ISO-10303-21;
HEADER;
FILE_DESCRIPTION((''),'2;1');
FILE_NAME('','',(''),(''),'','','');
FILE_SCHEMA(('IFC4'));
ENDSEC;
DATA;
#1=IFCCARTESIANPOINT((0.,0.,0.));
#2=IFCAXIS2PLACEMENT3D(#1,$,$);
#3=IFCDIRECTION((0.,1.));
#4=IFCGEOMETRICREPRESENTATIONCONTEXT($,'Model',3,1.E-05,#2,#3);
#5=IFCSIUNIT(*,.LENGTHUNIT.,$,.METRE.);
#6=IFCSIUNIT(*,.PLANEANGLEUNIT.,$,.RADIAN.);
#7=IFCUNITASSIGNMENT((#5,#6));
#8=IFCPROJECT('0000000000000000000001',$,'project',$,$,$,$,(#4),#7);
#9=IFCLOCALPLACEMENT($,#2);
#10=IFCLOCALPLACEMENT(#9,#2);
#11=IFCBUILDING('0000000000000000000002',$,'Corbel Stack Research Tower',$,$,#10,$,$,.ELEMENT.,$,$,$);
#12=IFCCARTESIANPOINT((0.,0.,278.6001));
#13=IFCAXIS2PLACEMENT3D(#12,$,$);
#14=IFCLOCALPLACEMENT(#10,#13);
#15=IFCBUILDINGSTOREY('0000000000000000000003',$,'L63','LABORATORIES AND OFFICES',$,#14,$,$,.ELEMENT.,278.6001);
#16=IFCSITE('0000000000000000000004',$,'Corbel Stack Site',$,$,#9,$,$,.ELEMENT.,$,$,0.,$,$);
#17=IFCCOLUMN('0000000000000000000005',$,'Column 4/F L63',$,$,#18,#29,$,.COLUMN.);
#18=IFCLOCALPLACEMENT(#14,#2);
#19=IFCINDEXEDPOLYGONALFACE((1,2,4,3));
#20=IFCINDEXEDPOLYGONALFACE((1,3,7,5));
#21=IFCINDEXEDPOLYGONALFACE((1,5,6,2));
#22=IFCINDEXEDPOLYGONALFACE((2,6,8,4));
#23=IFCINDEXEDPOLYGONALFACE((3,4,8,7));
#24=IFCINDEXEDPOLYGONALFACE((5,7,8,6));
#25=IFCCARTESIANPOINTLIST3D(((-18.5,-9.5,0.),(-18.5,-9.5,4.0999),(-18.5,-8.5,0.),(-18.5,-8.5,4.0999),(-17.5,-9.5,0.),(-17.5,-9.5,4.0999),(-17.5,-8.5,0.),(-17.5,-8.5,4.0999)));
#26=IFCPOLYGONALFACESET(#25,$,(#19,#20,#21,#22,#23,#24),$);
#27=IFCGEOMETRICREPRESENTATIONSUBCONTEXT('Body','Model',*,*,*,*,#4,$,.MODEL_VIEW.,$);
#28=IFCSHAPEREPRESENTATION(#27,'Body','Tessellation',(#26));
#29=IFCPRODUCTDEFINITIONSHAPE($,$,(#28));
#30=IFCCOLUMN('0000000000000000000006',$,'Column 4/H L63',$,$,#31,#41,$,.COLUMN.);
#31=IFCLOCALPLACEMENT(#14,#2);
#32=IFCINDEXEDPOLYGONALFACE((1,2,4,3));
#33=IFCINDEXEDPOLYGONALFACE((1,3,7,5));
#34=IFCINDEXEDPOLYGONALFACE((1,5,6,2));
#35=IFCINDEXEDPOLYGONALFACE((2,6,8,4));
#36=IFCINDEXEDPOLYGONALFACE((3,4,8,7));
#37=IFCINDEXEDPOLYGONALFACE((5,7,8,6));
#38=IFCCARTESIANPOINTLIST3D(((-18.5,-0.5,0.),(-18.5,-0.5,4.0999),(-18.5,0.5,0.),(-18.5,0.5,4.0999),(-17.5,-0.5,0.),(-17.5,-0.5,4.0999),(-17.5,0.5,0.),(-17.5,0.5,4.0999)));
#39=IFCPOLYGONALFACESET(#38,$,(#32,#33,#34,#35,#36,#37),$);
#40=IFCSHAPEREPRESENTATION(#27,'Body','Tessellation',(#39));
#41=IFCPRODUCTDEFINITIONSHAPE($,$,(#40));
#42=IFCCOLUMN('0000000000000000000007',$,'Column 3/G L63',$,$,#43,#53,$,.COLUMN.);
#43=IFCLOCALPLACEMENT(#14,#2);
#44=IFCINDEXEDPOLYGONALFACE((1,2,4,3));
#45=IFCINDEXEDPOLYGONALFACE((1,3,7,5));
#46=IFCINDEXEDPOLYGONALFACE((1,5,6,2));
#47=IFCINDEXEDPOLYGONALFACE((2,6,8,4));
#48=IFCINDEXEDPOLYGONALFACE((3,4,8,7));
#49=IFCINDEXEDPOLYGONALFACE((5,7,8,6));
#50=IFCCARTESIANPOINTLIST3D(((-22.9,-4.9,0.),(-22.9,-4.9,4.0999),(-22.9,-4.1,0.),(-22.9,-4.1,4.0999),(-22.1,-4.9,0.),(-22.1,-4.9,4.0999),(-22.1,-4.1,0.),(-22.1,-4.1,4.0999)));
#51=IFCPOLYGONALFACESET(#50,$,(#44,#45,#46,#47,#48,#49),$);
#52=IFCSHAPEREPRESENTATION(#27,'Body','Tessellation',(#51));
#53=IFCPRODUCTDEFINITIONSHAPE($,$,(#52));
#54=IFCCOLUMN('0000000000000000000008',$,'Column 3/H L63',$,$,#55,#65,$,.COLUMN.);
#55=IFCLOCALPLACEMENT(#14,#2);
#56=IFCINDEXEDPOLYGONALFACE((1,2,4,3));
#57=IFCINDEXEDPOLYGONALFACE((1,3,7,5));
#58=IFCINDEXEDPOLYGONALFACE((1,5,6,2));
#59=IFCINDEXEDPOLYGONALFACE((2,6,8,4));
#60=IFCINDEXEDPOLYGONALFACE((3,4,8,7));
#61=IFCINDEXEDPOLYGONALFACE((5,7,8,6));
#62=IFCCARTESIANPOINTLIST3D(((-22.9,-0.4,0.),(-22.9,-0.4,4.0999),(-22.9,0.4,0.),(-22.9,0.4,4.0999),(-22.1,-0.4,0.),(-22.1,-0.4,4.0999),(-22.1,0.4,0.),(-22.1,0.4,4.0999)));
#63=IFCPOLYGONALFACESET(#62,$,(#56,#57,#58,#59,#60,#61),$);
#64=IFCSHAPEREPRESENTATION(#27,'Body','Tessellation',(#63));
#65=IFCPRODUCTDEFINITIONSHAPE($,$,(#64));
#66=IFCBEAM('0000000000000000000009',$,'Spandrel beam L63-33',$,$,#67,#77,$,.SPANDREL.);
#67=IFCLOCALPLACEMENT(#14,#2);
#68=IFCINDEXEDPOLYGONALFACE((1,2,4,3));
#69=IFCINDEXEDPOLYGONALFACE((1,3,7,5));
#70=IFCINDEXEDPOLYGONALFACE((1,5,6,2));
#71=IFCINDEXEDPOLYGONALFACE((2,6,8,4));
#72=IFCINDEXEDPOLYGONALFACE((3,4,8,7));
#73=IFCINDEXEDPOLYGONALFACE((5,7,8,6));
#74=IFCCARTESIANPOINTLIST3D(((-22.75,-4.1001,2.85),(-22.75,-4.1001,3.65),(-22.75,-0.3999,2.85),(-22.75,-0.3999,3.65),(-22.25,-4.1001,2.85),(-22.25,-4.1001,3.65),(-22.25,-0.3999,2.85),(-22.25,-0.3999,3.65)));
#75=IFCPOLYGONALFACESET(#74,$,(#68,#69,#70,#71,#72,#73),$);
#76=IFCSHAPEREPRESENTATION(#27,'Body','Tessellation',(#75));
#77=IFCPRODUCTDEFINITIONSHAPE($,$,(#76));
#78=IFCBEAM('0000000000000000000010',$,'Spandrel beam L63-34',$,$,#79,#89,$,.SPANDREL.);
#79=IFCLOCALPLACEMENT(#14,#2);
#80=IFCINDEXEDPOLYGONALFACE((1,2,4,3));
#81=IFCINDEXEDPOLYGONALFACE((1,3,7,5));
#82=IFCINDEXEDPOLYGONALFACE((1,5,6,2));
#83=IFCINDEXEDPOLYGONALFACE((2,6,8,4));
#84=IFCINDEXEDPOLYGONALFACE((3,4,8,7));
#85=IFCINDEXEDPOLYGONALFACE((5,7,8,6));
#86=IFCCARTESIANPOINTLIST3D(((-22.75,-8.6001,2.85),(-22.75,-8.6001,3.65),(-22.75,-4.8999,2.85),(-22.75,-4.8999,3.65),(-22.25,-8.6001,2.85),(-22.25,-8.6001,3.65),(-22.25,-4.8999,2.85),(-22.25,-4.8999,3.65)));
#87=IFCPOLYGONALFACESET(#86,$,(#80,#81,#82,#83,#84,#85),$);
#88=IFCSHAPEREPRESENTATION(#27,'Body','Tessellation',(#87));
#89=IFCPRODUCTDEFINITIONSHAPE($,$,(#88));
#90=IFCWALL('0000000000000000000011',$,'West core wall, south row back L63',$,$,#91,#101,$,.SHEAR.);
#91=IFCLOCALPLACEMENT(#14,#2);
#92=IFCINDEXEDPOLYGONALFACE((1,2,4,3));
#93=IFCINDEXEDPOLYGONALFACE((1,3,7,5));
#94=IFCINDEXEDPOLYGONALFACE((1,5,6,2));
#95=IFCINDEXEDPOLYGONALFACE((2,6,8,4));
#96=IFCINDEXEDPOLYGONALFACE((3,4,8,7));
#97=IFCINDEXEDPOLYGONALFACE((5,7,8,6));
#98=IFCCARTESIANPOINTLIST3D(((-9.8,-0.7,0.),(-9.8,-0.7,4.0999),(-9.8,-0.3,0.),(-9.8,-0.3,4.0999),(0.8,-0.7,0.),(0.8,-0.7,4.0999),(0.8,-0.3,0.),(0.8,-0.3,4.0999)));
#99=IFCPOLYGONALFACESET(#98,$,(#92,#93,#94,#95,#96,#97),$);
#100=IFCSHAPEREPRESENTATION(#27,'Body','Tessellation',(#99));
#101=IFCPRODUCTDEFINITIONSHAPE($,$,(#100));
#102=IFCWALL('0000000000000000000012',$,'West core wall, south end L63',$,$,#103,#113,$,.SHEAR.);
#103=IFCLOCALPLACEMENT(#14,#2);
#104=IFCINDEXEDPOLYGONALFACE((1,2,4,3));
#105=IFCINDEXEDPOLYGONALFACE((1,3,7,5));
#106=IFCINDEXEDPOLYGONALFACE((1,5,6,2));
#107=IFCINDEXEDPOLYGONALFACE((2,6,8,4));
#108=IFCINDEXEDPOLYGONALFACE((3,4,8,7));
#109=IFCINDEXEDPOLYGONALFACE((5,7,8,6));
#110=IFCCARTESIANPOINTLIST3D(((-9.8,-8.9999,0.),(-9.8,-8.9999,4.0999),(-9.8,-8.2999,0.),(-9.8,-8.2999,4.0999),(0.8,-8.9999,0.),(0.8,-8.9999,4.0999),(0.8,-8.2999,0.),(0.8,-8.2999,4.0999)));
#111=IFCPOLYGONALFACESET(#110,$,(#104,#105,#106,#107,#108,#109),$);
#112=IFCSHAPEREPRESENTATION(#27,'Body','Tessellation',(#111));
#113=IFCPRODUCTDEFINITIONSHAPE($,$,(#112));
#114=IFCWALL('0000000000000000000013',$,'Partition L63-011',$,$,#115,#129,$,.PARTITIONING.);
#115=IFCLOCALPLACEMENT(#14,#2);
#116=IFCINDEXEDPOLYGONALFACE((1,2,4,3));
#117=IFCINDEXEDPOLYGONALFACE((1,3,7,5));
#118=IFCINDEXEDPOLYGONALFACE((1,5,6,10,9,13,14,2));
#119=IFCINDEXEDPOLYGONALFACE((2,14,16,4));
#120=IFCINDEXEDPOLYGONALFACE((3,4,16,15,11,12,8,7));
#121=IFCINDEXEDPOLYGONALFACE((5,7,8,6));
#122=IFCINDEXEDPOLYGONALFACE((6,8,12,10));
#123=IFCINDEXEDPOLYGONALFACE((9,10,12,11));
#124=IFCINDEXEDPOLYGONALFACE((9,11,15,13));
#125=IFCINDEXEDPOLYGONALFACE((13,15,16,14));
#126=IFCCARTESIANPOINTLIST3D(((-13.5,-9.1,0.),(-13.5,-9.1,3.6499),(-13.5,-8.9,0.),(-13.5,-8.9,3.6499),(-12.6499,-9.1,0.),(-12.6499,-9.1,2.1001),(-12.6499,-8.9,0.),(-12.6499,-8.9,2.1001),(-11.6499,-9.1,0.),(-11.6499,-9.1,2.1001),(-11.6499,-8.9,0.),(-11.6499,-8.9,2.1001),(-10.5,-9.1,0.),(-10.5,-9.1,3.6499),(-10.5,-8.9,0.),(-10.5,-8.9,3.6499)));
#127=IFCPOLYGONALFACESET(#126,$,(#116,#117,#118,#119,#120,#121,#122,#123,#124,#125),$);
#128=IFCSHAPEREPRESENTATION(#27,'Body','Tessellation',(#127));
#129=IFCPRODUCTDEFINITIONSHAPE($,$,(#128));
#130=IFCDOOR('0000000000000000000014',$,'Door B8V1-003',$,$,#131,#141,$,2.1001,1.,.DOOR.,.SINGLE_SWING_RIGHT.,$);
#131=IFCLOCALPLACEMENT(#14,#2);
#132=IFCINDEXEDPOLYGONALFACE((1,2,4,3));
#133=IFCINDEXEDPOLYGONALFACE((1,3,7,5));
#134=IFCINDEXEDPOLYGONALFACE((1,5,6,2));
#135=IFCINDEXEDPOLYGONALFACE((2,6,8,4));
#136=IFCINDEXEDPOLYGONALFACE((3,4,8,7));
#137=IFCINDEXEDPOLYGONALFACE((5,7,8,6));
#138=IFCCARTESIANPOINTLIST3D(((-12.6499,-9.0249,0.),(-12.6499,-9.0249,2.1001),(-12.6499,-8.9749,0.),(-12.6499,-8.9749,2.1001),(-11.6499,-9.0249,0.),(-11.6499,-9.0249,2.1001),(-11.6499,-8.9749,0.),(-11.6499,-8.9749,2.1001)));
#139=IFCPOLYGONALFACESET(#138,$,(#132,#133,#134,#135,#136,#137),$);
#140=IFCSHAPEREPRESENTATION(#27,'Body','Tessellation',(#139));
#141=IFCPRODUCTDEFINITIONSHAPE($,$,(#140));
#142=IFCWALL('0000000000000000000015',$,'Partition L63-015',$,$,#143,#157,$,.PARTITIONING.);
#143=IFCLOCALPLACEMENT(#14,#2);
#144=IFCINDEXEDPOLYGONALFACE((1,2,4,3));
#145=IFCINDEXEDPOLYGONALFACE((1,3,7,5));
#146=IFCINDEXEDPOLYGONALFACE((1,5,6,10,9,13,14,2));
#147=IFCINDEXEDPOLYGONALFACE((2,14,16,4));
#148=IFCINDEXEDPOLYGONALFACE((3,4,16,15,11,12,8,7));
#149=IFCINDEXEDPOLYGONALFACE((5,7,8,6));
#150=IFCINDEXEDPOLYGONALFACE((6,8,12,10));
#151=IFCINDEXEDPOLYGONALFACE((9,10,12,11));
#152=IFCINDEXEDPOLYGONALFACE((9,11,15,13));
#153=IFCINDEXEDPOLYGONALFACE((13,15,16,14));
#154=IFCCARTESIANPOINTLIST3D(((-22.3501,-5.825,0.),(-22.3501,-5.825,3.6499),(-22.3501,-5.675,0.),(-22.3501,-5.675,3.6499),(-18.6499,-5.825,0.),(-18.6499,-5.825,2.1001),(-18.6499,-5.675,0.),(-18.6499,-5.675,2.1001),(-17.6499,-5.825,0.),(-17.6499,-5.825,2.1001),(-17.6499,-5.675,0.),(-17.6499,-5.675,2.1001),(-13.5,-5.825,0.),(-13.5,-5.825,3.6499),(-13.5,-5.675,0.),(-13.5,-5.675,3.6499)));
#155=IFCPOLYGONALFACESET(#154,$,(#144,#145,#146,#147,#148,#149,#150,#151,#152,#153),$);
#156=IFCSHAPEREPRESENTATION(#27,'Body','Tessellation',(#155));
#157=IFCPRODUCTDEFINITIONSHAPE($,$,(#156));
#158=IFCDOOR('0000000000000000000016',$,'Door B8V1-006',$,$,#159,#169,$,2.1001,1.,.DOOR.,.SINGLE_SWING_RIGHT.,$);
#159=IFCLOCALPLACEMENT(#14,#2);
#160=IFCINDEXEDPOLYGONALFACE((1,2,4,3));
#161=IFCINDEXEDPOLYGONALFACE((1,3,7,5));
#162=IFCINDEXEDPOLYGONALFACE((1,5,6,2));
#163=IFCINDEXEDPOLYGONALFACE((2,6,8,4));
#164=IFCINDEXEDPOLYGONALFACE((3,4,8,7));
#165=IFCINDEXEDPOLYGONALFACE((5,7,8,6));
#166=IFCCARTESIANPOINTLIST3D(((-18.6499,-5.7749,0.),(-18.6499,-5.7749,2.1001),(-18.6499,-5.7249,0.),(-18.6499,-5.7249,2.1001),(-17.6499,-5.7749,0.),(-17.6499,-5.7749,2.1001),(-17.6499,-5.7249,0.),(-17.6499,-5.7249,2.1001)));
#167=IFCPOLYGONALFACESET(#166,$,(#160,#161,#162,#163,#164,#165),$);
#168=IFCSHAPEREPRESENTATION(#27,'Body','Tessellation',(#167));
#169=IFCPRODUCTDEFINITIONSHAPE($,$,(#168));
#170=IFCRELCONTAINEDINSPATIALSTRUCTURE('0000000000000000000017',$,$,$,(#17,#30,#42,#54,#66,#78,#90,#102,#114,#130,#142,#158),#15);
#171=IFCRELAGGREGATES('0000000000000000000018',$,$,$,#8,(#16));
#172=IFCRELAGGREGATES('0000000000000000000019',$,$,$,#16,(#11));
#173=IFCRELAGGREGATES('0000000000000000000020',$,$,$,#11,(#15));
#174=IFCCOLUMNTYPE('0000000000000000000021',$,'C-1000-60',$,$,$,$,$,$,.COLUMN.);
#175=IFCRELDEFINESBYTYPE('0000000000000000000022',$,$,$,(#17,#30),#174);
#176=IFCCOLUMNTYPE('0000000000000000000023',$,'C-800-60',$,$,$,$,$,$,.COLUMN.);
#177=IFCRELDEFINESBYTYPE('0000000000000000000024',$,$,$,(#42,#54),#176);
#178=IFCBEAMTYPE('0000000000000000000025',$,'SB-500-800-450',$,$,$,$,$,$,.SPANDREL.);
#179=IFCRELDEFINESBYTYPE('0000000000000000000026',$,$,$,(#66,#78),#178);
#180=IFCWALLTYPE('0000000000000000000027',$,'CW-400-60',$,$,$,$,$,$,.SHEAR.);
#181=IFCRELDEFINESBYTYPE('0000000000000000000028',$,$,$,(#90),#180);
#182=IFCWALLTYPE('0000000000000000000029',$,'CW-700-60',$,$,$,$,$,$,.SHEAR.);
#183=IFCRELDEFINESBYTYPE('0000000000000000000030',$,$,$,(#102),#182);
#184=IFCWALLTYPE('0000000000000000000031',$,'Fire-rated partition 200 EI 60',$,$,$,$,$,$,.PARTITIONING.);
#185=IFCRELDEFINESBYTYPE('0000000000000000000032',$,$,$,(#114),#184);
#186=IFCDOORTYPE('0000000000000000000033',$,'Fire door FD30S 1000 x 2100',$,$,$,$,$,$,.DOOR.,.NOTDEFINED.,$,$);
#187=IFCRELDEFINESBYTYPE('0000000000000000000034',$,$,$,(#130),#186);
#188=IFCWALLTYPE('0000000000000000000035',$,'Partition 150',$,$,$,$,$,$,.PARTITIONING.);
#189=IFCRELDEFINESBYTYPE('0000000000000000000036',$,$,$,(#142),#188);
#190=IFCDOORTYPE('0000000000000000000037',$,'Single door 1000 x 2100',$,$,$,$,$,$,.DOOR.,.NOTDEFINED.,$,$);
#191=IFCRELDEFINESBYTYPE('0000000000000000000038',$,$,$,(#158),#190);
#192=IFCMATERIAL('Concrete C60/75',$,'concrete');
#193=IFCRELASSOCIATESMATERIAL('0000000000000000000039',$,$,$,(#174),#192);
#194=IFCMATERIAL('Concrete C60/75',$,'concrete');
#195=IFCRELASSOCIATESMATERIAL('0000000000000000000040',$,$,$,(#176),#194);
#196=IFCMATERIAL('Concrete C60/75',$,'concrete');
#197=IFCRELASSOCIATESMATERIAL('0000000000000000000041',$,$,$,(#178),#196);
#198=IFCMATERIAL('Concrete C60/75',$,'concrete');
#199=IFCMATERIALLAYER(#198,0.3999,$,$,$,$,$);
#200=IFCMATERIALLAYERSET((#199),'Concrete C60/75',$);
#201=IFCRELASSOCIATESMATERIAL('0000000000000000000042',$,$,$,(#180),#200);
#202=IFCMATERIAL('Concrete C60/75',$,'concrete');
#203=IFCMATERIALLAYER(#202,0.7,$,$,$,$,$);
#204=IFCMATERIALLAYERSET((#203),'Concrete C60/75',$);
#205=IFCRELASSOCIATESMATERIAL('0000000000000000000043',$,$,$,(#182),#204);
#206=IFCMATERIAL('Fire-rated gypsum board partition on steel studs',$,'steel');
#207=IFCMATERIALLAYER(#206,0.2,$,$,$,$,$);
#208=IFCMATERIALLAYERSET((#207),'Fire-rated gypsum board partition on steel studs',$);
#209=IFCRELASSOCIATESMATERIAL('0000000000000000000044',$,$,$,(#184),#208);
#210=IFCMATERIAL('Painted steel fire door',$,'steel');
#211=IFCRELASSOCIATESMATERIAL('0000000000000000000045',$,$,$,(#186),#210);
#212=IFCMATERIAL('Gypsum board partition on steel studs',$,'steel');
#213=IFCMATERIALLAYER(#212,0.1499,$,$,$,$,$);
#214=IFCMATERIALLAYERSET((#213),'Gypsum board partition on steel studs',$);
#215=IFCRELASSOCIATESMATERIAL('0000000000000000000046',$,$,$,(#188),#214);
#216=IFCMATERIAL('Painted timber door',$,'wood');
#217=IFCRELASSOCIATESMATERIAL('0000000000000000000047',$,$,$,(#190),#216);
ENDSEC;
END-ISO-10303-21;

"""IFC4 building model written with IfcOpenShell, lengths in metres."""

from ifc_helpers import new_model, si_unit, direction, frame, frame_2d, origin, origin_2d, place, context, subcontext, project, spatial, rectangle, extrude, material, layer, layer_set, material_profile, profile_set, type_object, element, fill, save


model = new_model("IFC4")

# Units and contexts
model_context = context("Model", 3, precision=1e-05, world=origin(), true_north=direction((0.0, 1.0)))
body_context = subcontext(model_context, "Body", "Model", "MODEL_VIEW")
ifc_project = project(units=[si_unit("LENGTHUNIT", "METRE"), si_unit("PLANEANGLEUNIT", "RADIAN")], contexts=[model_context])

# Site, building, storey
site_placement = place(None, origin())
site = spatial("IfcSite", under=ifc_project, at=site_placement, Name="Corbel Stack Site", CompositionType="ELEMENT", RefElevation=0.0)
building_placement = place(site_placement, origin())
building = spatial("IfcBuilding", under=site, at=building_placement, Name="Corbel Stack Research Tower", CompositionType="ELEMENT")
storey_placement = place(building_placement, frame((0.0, 0.0, 278.6001)))
storey = spatial("IfcBuildingStorey", under=building, at=storey_placement, Name="L63", Description="LABORATORIES AND OFFICES", CompositionType="ELEMENT", Elevation=278.6001)

# Columns
ifc_material_1 = material(Name="Concrete C60/75", Category="concrete")
ifc_material_profile_1 = material_profile(ifc_material_1, rectangle(XDim=1.0, YDim=1.0, at=origin_2d()), Name="RC 1000 x 1000")
ifc_profile_set_1 = profile_set([ifc_material_profile_1], Name="Concrete C60/75")
column_type_1 = type_object("IfcColumnType", Name="C-1000-60", PredefinedType="COLUMN", material=ifc_profile_set_1)
for number, where, z_axis, x_axis, name in (
    (1, (-18.0, -9.0, 0.0), (0.0, 0.0, 1.0), (1.0, 0.0, 0.0), "Column 4/F L63"),
    (2, (-18.0, 0.0, 0.0), (0.0, 0.0, 1.0), (1.0, 0.0, 0.0), "Column 4/H L63"),
):
    element("IfcColumn", number, at=place(storey_placement, frame(where, z_axis=z_axis, x_axis=x_axis)), inside=storey, type_object=column_type_1, Name=name, PredefinedType="COLUMN", context=body_context, shape_type="SweptSolid", body=[
        extrude(rectangle(XDim=1.0, YDim=1.0, at=origin_2d()), origin(), (0.0, 0.0, 1.0), 4.0999),
    ])
ifc_material_2 = material(Name="Concrete C60/75", Category="concrete")
ifc_material_profile_2 = material_profile(ifc_material_2, rectangle(XDim=0.8, YDim=0.8, at=origin_2d()), Name="RC 800 x 800")
ifc_profile_set_2 = profile_set([ifc_material_profile_2], Name="Concrete C60/75")
column_type_2 = type_object("IfcColumnType", Name="C-800-60", PredefinedType="COLUMN", material=ifc_profile_set_2)
for number, where, z_axis, x_axis, name in (
    (3, (-22.5, -4.5, 0.0), (0.0, 0.0, 1.0), (1.0, 0.0, 0.0), "Column 3/G L63"),
    (4, (-22.5, 0.0, 0.0), (0.0, 0.0, 1.0), (1.0, 0.0, 0.0), "Column 3/H L63"),
):
    element("IfcColumn", number, at=place(storey_placement, frame(where, z_axis=z_axis, x_axis=x_axis)), inside=storey, type_object=column_type_2, Name=name, PredefinedType="COLUMN", context=body_context, shape_type="SweptSolid", body=[
        extrude(rectangle(XDim=0.8, YDim=0.8, at=origin_2d()), origin(), (0.0, 0.0, 1.0), 4.0999),
    ])

# Beams
ifc_material_3 = material(Name="Concrete C60/75", Category="concrete")
ifc_material_profile_3 = material_profile(ifc_material_3, rectangle(XDim=0.5, YDim=0.8, at=origin_2d()), Name="RC 500 x 800")
ifc_profile_set_3 = profile_set([ifc_material_profile_3], Name="Concrete C60/75")
beam_type = type_object("IfcBeamType", Name="SB-500-800-450", PredefinedType="SPANDREL", material=ifc_profile_set_3)
for number, where, z_axis, x_axis, name in (
    (5, (-22.5, -0.3999, 3.25), (0.0, -1.0, 0.0), (1.0, 0.0, 0.0), "Spandrel beam L63-33"),
    (6, (-22.5, -4.8999, 3.25), (0.0, -1.0, 0.0), (1.0, 0.0, 0.0), "Spandrel beam L63-34"),
):
    element("IfcBeam", number, at=place(storey_placement, frame(where, z_axis=z_axis, x_axis=x_axis)), inside=storey, type_object=beam_type, Name=name, PredefinedType="SPANDREL", context=body_context, shape_type="SweptSolid", body=[
        extrude(rectangle(XDim=0.5, YDim=0.8, at=origin_2d()), origin(), (0.0, 0.0, 1.0), 3.7002),
    ])

# Wall
ifc_material_4 = material(Name="Concrete C60/75", Category="concrete")
ifc_layer_1 = layer(ifc_material_4, 0.3999)
ifc_layer_set_1 = layer_set([ifc_layer_1], Name="Concrete C60/75")
wall_type_1 = type_object("IfcWallType", Name="CW-400-60", PredefinedType="SHEAR", material=ifc_layer_set_1)
wall_1_placement = place(storey_placement, frame((-9.8, -0.5, 0.0), z_axis=(0.0, 0.0, 1.0), x_axis=(1.0, 0.0, 0.0)))
element("IfcWall", 7, at=wall_1_placement, inside=storey, type_object=wall_type_1, Name="West core wall, south row back L63", PredefinedType="SHEAR", context=body_context, shape_type="SweptSolid", body=[
    extrude(rectangle(XDim=10.6001, YDim=0.3999, at=frame_2d((5.3, 0.0))), origin(), (0.0, 0.0, 1.0), 4.0999),
])

# Shared definitions
ifc_material_5 = material(Name="Concrete C60/75", Category="concrete")
ifc_layer_2 = layer(ifc_material_5, 0.7)
ifc_layer_set_2 = layer_set([ifc_layer_2], Name="Concrete C60/75")
wall_type_2 = type_object("IfcWallType", Name="CW-700-60", PredefinedType="SHEAR", material=ifc_layer_set_2)

# Wall
wall_2_placement = place(storey_placement, frame((-9.8, -8.6499, 0.0), z_axis=(0.0, 0.0, 1.0), x_axis=(1.0, 0.0, 0.0)))
element("IfcWall", 8, at=wall_2_placement, inside=storey, type_object=wall_type_2, Name="West core wall, south end L63", PredefinedType="SHEAR", context=body_context, shape_type="SweptSolid", body=[
    extrude(rectangle(XDim=10.6001, YDim=0.7, at=frame_2d((5.3, 0.0))), origin(), (0.0, 0.0, 1.0), 4.0999),
])

# Walls, openings, doors
ifc_material_6 = material(Name="Fire-rated gypsum board partition on steel studs", Category="steel")
ifc_layer_3 = layer(ifc_material_6, 0.2)
ifc_layer_set_3 = layer_set([ifc_layer_3], Name="Fire-rated gypsum board partition on steel studs")
wall_type_3 = type_object("IfcWallType", Name="Fire-rated partition 200 EI 60", PredefinedType="PARTITIONING", material=ifc_layer_set_3)
wall_3_placement = place(storey_placement, frame((-10.5, -9.0, 0.0), z_axis=(0.0, 0.0, 1.0), x_axis=(-1.0, 0.0, 0.0)))
wall_3 = element("IfcWall", 9, at=wall_3_placement, inside=storey, type_object=wall_type_3, Name="Partition L63-011", PredefinedType="PARTITIONING", context=body_context, shape_type="SweptSolid", body=[
    extrude(rectangle(XDim=3.0, YDim=0.2, at=frame_2d((1.5, 0.0))), origin(), (0.0, 0.0, 1.0), 3.6499),
])
opening_1_placement = place(wall_3_placement, frame((1.1499, 0.0, 0.0)))
opening_1 = element("IfcOpeningElement", 10, at=opening_1_placement, cuts=wall_3, PredefinedType="OPENING", context=body_context, shape_type="SweptSolid", body=[
    extrude(rectangle(XDim=1.0, YDim=2.1001, at=frame_2d((0.5, 1.05))), frame((0.0, 0.1099, 0.0), z_axis=(0.0, -1.0, 0.0), x_axis=(1.0, 0.0, 0.0)), (0.0, 0.0, 1.0), 0.22),
])
ifc_material_7 = material(Name="Painted steel fire door", Category="steel")
door_type_1 = type_object("IfcDoorType", Name="Fire door FD30S 1000 x 2100", OperationType="NOTDEFINED", PredefinedType="DOOR", material=ifc_material_7)
door_1_placement = place(opening_1_placement, origin())
door_1 = element("IfcDoor", 11, at=door_1_placement, inside=storey, type_object=door_type_1, Name="Door B8V1-003", OperationType="SINGLE_SWING_RIGHT", OverallHeight=2.1001, OverallWidth=1.0, PredefinedType="DOOR", context=body_context, shape_type="SweptSolid", body=[
    extrude(rectangle(XDim=1.0, YDim=2.1001, at=frame_2d((0.5, 1.05))), frame((0.0, 0.0249, 0.0), z_axis=(0.0, -1.0, 0.0), x_axis=(1.0, 0.0, 0.0)), (0.0, 0.0, 1.0), 0.05),
])
fill(opening_1, door_1)
ifc_material_8 = material(Name="Gypsum board partition on steel studs", Category="steel")
ifc_layer_4 = layer(ifc_material_8, 0.1499)
ifc_layer_set_4 = layer_set([ifc_layer_4], Name="Gypsum board partition on steel studs")
wall_type_4 = type_object("IfcWallType", Name="Partition 150", PredefinedType="PARTITIONING", material=ifc_layer_set_4)
wall_4_placement = place(storey_placement, frame((-13.5, -5.75, 0.0), z_axis=(0.0, 0.0, 1.0), x_axis=(-1.0, 0.0, 0.0)))
wall_4 = element("IfcWall", 12, at=wall_4_placement, inside=storey, type_object=wall_type_4, Name="Partition L63-015", PredefinedType="PARTITIONING", context=body_context, shape_type="SweptSolid", body=[
    extrude(rectangle(XDim=8.8501, YDim=0.1499, at=frame_2d((4.425, 0.0))), origin(), (0.0, 0.0, 1.0), 3.6499),
])
opening_2_placement = place(wall_4_placement, frame((4.1499, 0.0, 0.0)))
opening_2 = element("IfcOpeningElement", 13, at=opening_2_placement, cuts=wall_4, PredefinedType="OPENING", context=body_context, shape_type="SweptSolid", body=[
    extrude(rectangle(XDim=1.0, YDim=2.1001, at=frame_2d((0.5, 1.05))), frame((0.0, 0.085, 0.0), z_axis=(0.0, -1.0, 0.0), x_axis=(1.0, 0.0, 0.0)), (0.0, 0.0, 1.0), 0.1699),
])
ifc_material_9 = material(Name="Painted timber door", Category="wood")
door_type_2 = type_object("IfcDoorType", Name="Single door 1000 x 2100", OperationType="NOTDEFINED", PredefinedType="DOOR", material=ifc_material_9)
door_2_placement = place(opening_2_placement, origin())
door_2 = element("IfcDoor", 14, at=door_2_placement, inside=storey, type_object=door_type_2, Name="Door B8V1-006", OperationType="SINGLE_SWING_RIGHT", OverallHeight=2.1001, OverallWidth=1.0, PredefinedType="DOOR", context=body_context, shape_type="SweptSolid", body=[
    extrude(rectangle(XDim=1.0, YDim=2.1001, at=frame_2d((0.5, 1.05))), frame((0.0, 0.0249, 0.0), z_axis=(0.0, -1.0, 0.0), x_axis=(1.0, 0.0, 0.0)), (0.0, 0.0, 1.0), 0.05),
])
fill(opening_2, door_2)

save(model, "model.ifc")
